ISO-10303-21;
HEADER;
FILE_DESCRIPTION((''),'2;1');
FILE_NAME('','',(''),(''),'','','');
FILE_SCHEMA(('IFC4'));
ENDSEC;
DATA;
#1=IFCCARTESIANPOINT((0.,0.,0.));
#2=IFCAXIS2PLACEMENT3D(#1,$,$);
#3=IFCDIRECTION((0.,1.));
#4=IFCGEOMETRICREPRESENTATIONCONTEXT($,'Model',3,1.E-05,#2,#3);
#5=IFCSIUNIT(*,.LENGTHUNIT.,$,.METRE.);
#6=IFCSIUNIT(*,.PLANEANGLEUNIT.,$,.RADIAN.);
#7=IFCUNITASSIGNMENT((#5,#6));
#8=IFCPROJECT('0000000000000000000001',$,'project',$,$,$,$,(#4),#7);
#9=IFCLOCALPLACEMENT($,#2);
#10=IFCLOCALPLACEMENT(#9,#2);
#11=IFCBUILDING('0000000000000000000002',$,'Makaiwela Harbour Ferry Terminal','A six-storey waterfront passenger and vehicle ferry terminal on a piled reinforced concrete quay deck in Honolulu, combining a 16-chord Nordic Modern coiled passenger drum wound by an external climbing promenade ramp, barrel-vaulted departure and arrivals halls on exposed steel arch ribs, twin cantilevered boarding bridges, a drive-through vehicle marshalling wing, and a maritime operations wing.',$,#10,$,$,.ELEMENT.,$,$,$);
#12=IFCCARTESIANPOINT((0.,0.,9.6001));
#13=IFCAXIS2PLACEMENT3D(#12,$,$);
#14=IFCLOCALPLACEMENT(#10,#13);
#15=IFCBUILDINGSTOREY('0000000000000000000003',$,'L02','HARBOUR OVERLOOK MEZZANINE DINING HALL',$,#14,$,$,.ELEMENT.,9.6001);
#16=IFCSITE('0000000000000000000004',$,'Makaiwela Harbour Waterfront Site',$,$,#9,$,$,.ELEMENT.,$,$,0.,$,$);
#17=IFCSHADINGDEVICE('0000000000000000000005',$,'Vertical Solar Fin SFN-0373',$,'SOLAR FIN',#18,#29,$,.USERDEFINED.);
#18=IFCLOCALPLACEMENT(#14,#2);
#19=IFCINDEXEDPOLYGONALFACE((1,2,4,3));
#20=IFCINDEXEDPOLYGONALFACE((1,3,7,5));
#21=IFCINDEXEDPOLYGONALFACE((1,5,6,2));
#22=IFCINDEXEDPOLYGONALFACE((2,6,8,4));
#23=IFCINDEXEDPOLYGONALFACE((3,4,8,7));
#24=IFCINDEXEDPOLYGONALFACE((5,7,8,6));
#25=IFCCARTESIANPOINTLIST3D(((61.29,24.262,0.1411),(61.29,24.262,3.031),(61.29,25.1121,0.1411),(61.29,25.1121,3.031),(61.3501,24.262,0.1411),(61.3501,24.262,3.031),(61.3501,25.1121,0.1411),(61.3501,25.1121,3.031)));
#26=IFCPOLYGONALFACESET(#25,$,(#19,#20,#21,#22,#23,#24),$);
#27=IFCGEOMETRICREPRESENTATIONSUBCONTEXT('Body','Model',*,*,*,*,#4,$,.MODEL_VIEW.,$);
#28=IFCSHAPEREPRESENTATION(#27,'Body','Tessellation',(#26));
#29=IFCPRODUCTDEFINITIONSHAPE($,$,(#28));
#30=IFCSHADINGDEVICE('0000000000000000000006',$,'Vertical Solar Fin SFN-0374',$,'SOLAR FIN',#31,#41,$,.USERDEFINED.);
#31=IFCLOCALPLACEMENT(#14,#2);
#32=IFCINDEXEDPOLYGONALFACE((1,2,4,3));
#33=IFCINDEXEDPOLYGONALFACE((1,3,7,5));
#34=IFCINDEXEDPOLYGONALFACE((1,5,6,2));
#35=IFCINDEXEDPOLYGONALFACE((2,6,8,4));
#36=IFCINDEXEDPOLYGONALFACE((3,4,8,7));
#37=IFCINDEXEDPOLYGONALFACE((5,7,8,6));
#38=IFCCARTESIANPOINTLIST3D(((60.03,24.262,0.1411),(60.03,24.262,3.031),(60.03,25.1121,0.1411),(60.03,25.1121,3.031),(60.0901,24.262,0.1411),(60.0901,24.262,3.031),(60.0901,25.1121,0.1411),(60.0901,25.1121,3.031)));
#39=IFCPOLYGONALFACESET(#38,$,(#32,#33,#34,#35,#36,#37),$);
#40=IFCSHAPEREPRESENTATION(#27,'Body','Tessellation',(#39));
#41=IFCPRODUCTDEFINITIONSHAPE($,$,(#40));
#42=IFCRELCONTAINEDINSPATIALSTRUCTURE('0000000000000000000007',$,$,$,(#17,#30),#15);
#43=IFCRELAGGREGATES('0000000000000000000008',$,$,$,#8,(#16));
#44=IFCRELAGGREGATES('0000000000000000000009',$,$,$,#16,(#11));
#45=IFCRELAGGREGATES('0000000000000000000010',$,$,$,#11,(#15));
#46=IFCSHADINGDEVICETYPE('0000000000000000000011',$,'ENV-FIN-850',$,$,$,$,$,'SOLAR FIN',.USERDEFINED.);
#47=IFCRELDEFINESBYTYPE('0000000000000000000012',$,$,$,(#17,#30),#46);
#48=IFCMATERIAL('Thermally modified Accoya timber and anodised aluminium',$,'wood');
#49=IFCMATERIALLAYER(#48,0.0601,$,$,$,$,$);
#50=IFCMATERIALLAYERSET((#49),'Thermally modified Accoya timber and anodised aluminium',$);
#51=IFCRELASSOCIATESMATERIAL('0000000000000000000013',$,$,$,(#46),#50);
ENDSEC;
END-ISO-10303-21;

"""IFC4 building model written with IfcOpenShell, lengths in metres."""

from ifc_helpers import new_model, si_unit, direction, frame, origin, origin_2d, place, context, subcontext, project, spatial, rectangle, extrude, material, layer, layer_set, type_object, element, save


model = new_model("IFC4")

# Units and contexts
model_context = context("Model", 3, precision=1e-05, world=origin(), true_north=direction((0.0, 1.0)))
body_context = subcontext(model_context, "Body", "Model", "MODEL_VIEW")
ifc_project = project(units=[si_unit("LENGTHUNIT", "METRE"), si_unit("PLANEANGLEUNIT", "RADIAN")], contexts=[model_context])

# Site, building, storey
site_placement = place(None, origin())
site = spatial("IfcSite", under=ifc_project, at=site_placement, Name="Makaiwela Harbour Waterfront Site", CompositionType="ELEMENT", RefElevation=0.0)
building_placement = place(site_placement, origin())
building = spatial("IfcBuilding", under=site, at=building_placement, Name="Makaiwela Harbour Ferry Terminal", Description="A six-storey waterfront passenger and vehicle ferry terminal on a piled reinforced concrete quay deck in Honolulu, combining a 16-chord Nordic Modern coiled passenger drum wound by an external climbing promenade ramp, barrel-vaulted departure and arrivals halls on exposed steel arch ribs, twin cantilevered boarding bridges, a drive-through vehicle marshalling wing, and a maritime operations wing.", CompositionType="ELEMENT")
storey_placement = place(building_placement, frame((0.0, 0.0, 9.6001)))
storey = spatial("IfcBuildingStorey", under=building, at=storey_placement, Name="L02", Description="HARBOUR OVERLOOK MEZZANINE DINING HALL", CompositionType="ELEMENT", Elevation=9.6001)

# Shading devices
ifc_material_1 = material(Name="Thermally modified Accoya timber and anodised aluminium", Category="wood")
ifc_layer_1 = layer(ifc_material_1, 0.0601)
ifc_layer_set_1 = layer_set([ifc_layer_1], Name="Thermally modified Accoya timber and anodised aluminium")
shading_device_type = type_object("IfcShadingDeviceType", Name="ENV-FIN-850", ElementType="SOLAR FIN", PredefinedType="USERDEFINED", material=ifc_layer_set_1)
for number, where, z_axis, x_axis, name in (
    (1, (61.3201, 24.687, 0.1411), (0.0, 0.0, 1.0), (0.0, -1.0, 0.0), "Vertical Solar Fin SFN-0373"),
    (2, (60.0601, 24.687, 0.1411), (0.0, 0.0, 1.0), (0.0, -1.0, 0.0), "Vertical Solar Fin SFN-0374"),
):
    element("IfcShadingDevice", number, at=place(storey_placement, frame(where, z_axis=z_axis, x_axis=x_axis)), inside=storey, type_object=shading_device_type, Name=name, ObjectType="SOLAR FIN", PredefinedType="USERDEFINED", context=body_context, shape_type="SweptSolid", body=[
        extrude(rectangle(XDim=0.8501, YDim=0.0601, at=origin_2d()), origin(), (0.0, 0.0, 1.0), 2.8899),
    ])

save(model, "model.ifc")
